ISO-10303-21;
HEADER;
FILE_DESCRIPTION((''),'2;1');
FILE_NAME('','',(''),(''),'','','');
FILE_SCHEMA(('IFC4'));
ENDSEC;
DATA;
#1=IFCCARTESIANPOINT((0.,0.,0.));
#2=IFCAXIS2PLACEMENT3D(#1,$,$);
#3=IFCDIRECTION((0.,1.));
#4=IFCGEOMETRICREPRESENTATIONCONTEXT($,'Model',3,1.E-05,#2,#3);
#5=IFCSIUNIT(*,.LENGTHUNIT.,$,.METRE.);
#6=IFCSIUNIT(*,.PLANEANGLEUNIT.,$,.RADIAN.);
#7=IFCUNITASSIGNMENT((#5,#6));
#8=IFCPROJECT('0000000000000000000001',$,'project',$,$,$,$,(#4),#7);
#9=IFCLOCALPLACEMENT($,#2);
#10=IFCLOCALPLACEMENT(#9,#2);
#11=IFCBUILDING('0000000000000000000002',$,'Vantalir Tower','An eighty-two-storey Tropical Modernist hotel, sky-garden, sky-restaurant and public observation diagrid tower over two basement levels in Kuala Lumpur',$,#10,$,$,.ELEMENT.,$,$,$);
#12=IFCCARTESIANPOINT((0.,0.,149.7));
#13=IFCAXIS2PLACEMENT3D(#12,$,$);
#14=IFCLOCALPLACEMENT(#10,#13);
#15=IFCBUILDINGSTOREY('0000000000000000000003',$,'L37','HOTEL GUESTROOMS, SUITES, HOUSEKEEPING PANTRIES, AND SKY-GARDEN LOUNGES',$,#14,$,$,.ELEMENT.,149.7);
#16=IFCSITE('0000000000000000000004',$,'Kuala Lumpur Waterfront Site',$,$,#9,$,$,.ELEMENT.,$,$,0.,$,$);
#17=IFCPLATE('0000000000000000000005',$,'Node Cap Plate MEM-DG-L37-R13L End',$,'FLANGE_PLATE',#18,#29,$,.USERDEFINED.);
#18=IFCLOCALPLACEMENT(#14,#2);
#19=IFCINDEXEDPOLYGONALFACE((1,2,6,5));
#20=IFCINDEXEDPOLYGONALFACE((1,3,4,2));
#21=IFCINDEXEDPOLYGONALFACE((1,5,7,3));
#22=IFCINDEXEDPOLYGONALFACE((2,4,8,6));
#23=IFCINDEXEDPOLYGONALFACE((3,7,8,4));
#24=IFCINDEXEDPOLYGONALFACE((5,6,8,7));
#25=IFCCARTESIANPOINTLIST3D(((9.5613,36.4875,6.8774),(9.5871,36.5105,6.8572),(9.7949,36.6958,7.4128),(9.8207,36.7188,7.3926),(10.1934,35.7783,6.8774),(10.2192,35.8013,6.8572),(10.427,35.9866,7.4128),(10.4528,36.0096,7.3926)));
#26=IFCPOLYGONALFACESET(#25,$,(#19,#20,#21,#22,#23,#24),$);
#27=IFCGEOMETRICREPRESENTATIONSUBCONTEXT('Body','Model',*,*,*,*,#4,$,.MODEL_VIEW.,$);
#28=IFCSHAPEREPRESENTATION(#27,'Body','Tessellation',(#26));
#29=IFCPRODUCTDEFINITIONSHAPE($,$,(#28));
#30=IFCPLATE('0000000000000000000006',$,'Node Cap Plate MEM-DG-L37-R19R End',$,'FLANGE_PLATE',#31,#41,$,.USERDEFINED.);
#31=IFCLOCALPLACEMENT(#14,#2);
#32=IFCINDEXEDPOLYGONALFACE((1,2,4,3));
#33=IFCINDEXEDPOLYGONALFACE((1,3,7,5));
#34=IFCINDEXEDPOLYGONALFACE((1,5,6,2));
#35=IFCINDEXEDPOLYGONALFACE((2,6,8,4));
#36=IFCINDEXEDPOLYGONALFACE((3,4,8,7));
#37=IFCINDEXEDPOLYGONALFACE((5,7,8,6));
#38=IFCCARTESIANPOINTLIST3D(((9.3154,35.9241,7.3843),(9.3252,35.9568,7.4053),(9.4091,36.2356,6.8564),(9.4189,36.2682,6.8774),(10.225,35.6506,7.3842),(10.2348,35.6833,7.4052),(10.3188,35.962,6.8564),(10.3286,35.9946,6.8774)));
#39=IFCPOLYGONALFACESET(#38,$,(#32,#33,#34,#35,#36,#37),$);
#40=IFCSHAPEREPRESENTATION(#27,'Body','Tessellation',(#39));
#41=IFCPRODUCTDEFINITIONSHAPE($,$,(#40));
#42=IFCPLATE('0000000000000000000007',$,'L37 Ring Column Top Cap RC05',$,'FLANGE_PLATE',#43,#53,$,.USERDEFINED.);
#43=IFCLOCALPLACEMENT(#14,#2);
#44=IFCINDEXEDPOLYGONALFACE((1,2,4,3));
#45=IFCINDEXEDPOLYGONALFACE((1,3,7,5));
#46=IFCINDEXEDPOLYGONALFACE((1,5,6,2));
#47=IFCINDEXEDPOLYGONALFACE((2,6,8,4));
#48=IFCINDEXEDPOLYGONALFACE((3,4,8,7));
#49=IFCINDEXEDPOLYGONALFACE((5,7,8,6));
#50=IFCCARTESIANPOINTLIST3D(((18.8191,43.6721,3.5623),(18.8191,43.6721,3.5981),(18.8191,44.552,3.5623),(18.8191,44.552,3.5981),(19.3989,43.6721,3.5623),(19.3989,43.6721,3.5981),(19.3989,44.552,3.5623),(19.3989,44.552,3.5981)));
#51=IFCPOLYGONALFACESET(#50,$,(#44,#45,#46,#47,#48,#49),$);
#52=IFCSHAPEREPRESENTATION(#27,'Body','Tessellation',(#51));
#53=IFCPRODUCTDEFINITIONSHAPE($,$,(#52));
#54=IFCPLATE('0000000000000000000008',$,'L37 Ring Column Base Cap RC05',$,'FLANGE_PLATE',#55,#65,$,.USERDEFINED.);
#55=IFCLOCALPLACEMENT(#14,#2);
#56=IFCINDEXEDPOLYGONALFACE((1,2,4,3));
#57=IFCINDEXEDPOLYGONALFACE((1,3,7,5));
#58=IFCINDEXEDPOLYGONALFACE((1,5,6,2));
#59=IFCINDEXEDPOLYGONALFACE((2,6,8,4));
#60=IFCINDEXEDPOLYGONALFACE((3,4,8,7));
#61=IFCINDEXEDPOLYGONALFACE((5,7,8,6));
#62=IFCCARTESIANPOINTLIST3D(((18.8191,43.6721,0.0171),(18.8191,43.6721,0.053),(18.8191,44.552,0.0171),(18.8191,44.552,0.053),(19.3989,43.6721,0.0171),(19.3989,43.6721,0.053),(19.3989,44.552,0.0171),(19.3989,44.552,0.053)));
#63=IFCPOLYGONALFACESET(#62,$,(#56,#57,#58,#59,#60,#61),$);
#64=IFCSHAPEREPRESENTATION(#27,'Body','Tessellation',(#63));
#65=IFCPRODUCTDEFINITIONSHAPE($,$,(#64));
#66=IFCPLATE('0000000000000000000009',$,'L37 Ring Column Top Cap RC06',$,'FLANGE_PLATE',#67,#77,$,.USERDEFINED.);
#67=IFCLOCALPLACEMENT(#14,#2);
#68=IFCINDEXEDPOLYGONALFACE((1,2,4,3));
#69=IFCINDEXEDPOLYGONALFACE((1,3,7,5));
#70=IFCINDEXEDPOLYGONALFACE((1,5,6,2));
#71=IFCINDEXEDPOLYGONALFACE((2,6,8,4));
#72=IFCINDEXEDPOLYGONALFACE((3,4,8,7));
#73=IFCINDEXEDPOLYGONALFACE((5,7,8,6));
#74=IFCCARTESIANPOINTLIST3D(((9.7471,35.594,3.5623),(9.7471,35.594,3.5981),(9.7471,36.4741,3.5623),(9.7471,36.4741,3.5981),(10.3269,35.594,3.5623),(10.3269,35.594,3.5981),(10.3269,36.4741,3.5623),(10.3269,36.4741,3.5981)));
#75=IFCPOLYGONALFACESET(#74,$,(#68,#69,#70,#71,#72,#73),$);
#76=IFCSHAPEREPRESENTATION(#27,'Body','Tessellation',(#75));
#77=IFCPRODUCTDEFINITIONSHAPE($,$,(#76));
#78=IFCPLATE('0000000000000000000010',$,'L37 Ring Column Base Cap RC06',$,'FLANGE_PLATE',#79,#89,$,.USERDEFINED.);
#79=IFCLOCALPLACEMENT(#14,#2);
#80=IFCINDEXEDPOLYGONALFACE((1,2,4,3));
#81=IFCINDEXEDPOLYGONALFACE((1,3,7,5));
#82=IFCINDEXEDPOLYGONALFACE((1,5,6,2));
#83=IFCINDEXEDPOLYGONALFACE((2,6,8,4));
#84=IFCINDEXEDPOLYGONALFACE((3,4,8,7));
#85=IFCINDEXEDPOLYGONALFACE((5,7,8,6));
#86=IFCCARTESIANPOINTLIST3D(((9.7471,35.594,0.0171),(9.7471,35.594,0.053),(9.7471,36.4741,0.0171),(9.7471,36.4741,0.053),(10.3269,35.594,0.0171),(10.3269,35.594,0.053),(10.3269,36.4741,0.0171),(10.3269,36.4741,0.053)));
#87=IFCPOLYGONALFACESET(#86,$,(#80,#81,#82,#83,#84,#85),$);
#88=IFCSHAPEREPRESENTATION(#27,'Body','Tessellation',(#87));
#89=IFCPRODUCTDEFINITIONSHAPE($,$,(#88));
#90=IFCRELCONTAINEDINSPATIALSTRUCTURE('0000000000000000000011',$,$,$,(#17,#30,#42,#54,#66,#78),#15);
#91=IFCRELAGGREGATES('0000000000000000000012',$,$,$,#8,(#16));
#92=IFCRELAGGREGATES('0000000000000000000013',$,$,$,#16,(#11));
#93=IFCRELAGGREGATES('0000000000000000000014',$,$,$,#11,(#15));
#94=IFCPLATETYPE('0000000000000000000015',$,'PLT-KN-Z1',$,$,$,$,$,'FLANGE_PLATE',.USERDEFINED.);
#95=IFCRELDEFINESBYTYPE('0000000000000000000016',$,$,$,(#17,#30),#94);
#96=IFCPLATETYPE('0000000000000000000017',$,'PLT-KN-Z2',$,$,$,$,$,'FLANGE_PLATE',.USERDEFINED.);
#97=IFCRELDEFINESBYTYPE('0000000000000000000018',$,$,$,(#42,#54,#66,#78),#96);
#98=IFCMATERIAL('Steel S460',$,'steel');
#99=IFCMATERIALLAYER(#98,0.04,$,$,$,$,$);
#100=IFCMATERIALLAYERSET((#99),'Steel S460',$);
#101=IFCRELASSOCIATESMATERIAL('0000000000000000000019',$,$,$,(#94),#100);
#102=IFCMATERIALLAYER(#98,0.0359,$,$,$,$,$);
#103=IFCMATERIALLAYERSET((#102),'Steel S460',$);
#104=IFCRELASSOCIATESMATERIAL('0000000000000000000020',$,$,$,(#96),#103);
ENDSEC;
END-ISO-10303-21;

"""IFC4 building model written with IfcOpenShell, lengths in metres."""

from ifc_helpers import new_model, si_unit, direction, frame, origin, place, context, subcontext, project, spatial, polyline, outline, extrude, material, layer, layer_set, type_object, element, save


model = new_model("IFC4")

# Units and contexts
model_context = context("Model", 3, precision=1e-05, world=origin(), true_north=direction((0.0, 1.0)))
body_context = subcontext(model_context, "Body", "Model", "MODEL_VIEW")
ifc_project = project(units=[si_unit("LENGTHUNIT", "METRE"), si_unit("PLANEANGLEUNIT", "RADIAN")], contexts=[model_context])

# Site, building, storey
site_placement = place(None, origin())
site = spatial("IfcSite", under=ifc_project, at=site_placement, Name="Kuala Lumpur Waterfront Site", CompositionType="ELEMENT", RefElevation=0.0)
building_placement = place(site_placement, origin())
building = spatial("IfcBuilding", under=site, at=building_placement, Name="Vantalir Tower", Description="An eighty-two-storey Tropical Modernist hotel, sky-garden, sky-restaurant and public observation diagrid tower over two basement levels in Kuala Lumpur", CompositionType="ELEMENT")
storey_placement = place(building_placement, frame((0.0, 0.0, 149.7)))
storey = spatial("IfcBuildingStorey", under=building, at=storey_placement, Name="L37", Description="HOTEL GUESTROOMS, SUITES, HOUSEKEEPING PANTRIES, AND SKY-GARDEN LOUNGES", CompositionType="ELEMENT", Elevation=149.7)

# Shared definitions
ifc_material_1 = material(Name="Steel S460", Category="steel")

# Plates
ifc_layer_1 = layer(ifc_material_1, 0.04)
ifc_layer_set_1 = layer_set([ifc_layer_1], Name="Steel S460")
plate_type_1 = type_object("IfcPlateType", Name="PLT-KN-Z1", ElementType="FLANGE_PLATE", PredefinedType="USERDEFINED", material=ifc_layer_set_1)
plate_1_placement = place(storey_placement, frame((9.5613, 36.4875, 6.8774), z_axis=(-0.6445, -0.574393, 0.504671), x_axis=(0.665336, -0.746544, 0.0)))
element("IfcPlate", 1, at=plate_1_placement, inside=storey, type_object=plate_type_1, Name="Node Cap Plate MEM-DG-L37-R13L End", ObjectType="FLANGE_PLATE", PredefinedType="USERDEFINED", context=body_context, shape_type="SweptSolid", body=[
    extrude(outline(polyline([(0.0, 0.0), (0.95, 0.0), (0.95, 0.6202), (0.0, 0.6202), (0.0, 0.0)])), origin(), (0.0, 0.0, -1.0), 0.04),
])
plate_2_placement = place(storey_placement, frame((10.3286, 35.9946, 6.8774), z_axis=(0.245184, 0.81531, 0.524551), x_axis=(-0.957625, 0.288017, -0.000055)))
element("IfcPlate", 2, at=plate_2_placement, inside=storey, type_object=plate_type_1, Name="Node Cap Plate MEM-DG-L37-R19R End", ObjectType="FLANGE_PLATE", PredefinedType="USERDEFINED", context=body_context, shape_type="SweptSolid", body=[
    extrude(outline(polyline([(0.0, 0.0), (0.9499, 0.0), (0.95, 0.62), (0.0001, 0.6199), (0.0, 0.0)])), origin(), (0.0, 0.0, -1.0), 0.04),
])
ifc_layer_2 = layer(ifc_material_1, 0.0359)
ifc_layer_set_2 = layer_set([ifc_layer_2], Name="Steel S460")
plate_type_2 = type_object("IfcPlateType", Name="PLT-KN-Z2", ElementType="FLANGE_PLATE", PredefinedType="USERDEFINED", material=ifc_layer_set_2)
for number, where, z_axis, x_axis, name in (
    (3, (18.8191, 44.552, 3.5981), (0.0, 0.0, 1.0), (0.0, -1.0, 0.0), "L37 Ring Column Top Cap RC05"),
    (4, (18.8191, 44.552, 0.053), (0.0, 0.0, 1.0), (0.0, -1.0, 0.0), "L37 Ring Column Base Cap RC05"),
):
    element("IfcPlate", number, at=place(storey_placement, frame(where, z_axis=z_axis, x_axis=x_axis)), inside=storey, type_object=plate_type_2, Name=name, ObjectType="FLANGE_PLATE", PredefinedType="USERDEFINED", context=body_context, shape_type="SweptSolid", body=[
        extrude(outline(polyline([(0.0, 0.0), (0.8799, 0.0), (0.8799, 0.5798), (0.0, 0.5798), (0.0, 0.0)])), origin(), (0.0, 0.0, -1.0), 0.0359),
    ])
for number, where, z_axis, x_axis, name in (
    (5, (9.7471, 36.4741, 3.5981), (0.0, 0.0, 1.0), (0.0, -1.0, 0.0), "L37 Ring Column Top Cap RC06"),
    (6, (9.7471, 36.4741, 0.053), (0.0, 0.0, 1.0), (0.0, -1.0, 0.0), "L37 Ring Column Base Cap RC06"),
):
    element("IfcPlate", number, at=place(storey_placement, frame(where, z_axis=z_axis, x_axis=x_axis)), inside=storey, type_object=plate_type_2, Name=name, ObjectType="FLANGE_PLATE", PredefinedType="USERDEFINED", context=body_context, shape_type="SweptSolid", body=[
        extrude(outline(polyline([(0.0, 0.0), (0.8801, 0.0), (0.8801, 0.5798), (0.0, 0.5798), (0.0, 0.0)])), origin(), (0.0, 0.0, -1.0), 0.0359),
    ])

save(model, "model.ifc")
